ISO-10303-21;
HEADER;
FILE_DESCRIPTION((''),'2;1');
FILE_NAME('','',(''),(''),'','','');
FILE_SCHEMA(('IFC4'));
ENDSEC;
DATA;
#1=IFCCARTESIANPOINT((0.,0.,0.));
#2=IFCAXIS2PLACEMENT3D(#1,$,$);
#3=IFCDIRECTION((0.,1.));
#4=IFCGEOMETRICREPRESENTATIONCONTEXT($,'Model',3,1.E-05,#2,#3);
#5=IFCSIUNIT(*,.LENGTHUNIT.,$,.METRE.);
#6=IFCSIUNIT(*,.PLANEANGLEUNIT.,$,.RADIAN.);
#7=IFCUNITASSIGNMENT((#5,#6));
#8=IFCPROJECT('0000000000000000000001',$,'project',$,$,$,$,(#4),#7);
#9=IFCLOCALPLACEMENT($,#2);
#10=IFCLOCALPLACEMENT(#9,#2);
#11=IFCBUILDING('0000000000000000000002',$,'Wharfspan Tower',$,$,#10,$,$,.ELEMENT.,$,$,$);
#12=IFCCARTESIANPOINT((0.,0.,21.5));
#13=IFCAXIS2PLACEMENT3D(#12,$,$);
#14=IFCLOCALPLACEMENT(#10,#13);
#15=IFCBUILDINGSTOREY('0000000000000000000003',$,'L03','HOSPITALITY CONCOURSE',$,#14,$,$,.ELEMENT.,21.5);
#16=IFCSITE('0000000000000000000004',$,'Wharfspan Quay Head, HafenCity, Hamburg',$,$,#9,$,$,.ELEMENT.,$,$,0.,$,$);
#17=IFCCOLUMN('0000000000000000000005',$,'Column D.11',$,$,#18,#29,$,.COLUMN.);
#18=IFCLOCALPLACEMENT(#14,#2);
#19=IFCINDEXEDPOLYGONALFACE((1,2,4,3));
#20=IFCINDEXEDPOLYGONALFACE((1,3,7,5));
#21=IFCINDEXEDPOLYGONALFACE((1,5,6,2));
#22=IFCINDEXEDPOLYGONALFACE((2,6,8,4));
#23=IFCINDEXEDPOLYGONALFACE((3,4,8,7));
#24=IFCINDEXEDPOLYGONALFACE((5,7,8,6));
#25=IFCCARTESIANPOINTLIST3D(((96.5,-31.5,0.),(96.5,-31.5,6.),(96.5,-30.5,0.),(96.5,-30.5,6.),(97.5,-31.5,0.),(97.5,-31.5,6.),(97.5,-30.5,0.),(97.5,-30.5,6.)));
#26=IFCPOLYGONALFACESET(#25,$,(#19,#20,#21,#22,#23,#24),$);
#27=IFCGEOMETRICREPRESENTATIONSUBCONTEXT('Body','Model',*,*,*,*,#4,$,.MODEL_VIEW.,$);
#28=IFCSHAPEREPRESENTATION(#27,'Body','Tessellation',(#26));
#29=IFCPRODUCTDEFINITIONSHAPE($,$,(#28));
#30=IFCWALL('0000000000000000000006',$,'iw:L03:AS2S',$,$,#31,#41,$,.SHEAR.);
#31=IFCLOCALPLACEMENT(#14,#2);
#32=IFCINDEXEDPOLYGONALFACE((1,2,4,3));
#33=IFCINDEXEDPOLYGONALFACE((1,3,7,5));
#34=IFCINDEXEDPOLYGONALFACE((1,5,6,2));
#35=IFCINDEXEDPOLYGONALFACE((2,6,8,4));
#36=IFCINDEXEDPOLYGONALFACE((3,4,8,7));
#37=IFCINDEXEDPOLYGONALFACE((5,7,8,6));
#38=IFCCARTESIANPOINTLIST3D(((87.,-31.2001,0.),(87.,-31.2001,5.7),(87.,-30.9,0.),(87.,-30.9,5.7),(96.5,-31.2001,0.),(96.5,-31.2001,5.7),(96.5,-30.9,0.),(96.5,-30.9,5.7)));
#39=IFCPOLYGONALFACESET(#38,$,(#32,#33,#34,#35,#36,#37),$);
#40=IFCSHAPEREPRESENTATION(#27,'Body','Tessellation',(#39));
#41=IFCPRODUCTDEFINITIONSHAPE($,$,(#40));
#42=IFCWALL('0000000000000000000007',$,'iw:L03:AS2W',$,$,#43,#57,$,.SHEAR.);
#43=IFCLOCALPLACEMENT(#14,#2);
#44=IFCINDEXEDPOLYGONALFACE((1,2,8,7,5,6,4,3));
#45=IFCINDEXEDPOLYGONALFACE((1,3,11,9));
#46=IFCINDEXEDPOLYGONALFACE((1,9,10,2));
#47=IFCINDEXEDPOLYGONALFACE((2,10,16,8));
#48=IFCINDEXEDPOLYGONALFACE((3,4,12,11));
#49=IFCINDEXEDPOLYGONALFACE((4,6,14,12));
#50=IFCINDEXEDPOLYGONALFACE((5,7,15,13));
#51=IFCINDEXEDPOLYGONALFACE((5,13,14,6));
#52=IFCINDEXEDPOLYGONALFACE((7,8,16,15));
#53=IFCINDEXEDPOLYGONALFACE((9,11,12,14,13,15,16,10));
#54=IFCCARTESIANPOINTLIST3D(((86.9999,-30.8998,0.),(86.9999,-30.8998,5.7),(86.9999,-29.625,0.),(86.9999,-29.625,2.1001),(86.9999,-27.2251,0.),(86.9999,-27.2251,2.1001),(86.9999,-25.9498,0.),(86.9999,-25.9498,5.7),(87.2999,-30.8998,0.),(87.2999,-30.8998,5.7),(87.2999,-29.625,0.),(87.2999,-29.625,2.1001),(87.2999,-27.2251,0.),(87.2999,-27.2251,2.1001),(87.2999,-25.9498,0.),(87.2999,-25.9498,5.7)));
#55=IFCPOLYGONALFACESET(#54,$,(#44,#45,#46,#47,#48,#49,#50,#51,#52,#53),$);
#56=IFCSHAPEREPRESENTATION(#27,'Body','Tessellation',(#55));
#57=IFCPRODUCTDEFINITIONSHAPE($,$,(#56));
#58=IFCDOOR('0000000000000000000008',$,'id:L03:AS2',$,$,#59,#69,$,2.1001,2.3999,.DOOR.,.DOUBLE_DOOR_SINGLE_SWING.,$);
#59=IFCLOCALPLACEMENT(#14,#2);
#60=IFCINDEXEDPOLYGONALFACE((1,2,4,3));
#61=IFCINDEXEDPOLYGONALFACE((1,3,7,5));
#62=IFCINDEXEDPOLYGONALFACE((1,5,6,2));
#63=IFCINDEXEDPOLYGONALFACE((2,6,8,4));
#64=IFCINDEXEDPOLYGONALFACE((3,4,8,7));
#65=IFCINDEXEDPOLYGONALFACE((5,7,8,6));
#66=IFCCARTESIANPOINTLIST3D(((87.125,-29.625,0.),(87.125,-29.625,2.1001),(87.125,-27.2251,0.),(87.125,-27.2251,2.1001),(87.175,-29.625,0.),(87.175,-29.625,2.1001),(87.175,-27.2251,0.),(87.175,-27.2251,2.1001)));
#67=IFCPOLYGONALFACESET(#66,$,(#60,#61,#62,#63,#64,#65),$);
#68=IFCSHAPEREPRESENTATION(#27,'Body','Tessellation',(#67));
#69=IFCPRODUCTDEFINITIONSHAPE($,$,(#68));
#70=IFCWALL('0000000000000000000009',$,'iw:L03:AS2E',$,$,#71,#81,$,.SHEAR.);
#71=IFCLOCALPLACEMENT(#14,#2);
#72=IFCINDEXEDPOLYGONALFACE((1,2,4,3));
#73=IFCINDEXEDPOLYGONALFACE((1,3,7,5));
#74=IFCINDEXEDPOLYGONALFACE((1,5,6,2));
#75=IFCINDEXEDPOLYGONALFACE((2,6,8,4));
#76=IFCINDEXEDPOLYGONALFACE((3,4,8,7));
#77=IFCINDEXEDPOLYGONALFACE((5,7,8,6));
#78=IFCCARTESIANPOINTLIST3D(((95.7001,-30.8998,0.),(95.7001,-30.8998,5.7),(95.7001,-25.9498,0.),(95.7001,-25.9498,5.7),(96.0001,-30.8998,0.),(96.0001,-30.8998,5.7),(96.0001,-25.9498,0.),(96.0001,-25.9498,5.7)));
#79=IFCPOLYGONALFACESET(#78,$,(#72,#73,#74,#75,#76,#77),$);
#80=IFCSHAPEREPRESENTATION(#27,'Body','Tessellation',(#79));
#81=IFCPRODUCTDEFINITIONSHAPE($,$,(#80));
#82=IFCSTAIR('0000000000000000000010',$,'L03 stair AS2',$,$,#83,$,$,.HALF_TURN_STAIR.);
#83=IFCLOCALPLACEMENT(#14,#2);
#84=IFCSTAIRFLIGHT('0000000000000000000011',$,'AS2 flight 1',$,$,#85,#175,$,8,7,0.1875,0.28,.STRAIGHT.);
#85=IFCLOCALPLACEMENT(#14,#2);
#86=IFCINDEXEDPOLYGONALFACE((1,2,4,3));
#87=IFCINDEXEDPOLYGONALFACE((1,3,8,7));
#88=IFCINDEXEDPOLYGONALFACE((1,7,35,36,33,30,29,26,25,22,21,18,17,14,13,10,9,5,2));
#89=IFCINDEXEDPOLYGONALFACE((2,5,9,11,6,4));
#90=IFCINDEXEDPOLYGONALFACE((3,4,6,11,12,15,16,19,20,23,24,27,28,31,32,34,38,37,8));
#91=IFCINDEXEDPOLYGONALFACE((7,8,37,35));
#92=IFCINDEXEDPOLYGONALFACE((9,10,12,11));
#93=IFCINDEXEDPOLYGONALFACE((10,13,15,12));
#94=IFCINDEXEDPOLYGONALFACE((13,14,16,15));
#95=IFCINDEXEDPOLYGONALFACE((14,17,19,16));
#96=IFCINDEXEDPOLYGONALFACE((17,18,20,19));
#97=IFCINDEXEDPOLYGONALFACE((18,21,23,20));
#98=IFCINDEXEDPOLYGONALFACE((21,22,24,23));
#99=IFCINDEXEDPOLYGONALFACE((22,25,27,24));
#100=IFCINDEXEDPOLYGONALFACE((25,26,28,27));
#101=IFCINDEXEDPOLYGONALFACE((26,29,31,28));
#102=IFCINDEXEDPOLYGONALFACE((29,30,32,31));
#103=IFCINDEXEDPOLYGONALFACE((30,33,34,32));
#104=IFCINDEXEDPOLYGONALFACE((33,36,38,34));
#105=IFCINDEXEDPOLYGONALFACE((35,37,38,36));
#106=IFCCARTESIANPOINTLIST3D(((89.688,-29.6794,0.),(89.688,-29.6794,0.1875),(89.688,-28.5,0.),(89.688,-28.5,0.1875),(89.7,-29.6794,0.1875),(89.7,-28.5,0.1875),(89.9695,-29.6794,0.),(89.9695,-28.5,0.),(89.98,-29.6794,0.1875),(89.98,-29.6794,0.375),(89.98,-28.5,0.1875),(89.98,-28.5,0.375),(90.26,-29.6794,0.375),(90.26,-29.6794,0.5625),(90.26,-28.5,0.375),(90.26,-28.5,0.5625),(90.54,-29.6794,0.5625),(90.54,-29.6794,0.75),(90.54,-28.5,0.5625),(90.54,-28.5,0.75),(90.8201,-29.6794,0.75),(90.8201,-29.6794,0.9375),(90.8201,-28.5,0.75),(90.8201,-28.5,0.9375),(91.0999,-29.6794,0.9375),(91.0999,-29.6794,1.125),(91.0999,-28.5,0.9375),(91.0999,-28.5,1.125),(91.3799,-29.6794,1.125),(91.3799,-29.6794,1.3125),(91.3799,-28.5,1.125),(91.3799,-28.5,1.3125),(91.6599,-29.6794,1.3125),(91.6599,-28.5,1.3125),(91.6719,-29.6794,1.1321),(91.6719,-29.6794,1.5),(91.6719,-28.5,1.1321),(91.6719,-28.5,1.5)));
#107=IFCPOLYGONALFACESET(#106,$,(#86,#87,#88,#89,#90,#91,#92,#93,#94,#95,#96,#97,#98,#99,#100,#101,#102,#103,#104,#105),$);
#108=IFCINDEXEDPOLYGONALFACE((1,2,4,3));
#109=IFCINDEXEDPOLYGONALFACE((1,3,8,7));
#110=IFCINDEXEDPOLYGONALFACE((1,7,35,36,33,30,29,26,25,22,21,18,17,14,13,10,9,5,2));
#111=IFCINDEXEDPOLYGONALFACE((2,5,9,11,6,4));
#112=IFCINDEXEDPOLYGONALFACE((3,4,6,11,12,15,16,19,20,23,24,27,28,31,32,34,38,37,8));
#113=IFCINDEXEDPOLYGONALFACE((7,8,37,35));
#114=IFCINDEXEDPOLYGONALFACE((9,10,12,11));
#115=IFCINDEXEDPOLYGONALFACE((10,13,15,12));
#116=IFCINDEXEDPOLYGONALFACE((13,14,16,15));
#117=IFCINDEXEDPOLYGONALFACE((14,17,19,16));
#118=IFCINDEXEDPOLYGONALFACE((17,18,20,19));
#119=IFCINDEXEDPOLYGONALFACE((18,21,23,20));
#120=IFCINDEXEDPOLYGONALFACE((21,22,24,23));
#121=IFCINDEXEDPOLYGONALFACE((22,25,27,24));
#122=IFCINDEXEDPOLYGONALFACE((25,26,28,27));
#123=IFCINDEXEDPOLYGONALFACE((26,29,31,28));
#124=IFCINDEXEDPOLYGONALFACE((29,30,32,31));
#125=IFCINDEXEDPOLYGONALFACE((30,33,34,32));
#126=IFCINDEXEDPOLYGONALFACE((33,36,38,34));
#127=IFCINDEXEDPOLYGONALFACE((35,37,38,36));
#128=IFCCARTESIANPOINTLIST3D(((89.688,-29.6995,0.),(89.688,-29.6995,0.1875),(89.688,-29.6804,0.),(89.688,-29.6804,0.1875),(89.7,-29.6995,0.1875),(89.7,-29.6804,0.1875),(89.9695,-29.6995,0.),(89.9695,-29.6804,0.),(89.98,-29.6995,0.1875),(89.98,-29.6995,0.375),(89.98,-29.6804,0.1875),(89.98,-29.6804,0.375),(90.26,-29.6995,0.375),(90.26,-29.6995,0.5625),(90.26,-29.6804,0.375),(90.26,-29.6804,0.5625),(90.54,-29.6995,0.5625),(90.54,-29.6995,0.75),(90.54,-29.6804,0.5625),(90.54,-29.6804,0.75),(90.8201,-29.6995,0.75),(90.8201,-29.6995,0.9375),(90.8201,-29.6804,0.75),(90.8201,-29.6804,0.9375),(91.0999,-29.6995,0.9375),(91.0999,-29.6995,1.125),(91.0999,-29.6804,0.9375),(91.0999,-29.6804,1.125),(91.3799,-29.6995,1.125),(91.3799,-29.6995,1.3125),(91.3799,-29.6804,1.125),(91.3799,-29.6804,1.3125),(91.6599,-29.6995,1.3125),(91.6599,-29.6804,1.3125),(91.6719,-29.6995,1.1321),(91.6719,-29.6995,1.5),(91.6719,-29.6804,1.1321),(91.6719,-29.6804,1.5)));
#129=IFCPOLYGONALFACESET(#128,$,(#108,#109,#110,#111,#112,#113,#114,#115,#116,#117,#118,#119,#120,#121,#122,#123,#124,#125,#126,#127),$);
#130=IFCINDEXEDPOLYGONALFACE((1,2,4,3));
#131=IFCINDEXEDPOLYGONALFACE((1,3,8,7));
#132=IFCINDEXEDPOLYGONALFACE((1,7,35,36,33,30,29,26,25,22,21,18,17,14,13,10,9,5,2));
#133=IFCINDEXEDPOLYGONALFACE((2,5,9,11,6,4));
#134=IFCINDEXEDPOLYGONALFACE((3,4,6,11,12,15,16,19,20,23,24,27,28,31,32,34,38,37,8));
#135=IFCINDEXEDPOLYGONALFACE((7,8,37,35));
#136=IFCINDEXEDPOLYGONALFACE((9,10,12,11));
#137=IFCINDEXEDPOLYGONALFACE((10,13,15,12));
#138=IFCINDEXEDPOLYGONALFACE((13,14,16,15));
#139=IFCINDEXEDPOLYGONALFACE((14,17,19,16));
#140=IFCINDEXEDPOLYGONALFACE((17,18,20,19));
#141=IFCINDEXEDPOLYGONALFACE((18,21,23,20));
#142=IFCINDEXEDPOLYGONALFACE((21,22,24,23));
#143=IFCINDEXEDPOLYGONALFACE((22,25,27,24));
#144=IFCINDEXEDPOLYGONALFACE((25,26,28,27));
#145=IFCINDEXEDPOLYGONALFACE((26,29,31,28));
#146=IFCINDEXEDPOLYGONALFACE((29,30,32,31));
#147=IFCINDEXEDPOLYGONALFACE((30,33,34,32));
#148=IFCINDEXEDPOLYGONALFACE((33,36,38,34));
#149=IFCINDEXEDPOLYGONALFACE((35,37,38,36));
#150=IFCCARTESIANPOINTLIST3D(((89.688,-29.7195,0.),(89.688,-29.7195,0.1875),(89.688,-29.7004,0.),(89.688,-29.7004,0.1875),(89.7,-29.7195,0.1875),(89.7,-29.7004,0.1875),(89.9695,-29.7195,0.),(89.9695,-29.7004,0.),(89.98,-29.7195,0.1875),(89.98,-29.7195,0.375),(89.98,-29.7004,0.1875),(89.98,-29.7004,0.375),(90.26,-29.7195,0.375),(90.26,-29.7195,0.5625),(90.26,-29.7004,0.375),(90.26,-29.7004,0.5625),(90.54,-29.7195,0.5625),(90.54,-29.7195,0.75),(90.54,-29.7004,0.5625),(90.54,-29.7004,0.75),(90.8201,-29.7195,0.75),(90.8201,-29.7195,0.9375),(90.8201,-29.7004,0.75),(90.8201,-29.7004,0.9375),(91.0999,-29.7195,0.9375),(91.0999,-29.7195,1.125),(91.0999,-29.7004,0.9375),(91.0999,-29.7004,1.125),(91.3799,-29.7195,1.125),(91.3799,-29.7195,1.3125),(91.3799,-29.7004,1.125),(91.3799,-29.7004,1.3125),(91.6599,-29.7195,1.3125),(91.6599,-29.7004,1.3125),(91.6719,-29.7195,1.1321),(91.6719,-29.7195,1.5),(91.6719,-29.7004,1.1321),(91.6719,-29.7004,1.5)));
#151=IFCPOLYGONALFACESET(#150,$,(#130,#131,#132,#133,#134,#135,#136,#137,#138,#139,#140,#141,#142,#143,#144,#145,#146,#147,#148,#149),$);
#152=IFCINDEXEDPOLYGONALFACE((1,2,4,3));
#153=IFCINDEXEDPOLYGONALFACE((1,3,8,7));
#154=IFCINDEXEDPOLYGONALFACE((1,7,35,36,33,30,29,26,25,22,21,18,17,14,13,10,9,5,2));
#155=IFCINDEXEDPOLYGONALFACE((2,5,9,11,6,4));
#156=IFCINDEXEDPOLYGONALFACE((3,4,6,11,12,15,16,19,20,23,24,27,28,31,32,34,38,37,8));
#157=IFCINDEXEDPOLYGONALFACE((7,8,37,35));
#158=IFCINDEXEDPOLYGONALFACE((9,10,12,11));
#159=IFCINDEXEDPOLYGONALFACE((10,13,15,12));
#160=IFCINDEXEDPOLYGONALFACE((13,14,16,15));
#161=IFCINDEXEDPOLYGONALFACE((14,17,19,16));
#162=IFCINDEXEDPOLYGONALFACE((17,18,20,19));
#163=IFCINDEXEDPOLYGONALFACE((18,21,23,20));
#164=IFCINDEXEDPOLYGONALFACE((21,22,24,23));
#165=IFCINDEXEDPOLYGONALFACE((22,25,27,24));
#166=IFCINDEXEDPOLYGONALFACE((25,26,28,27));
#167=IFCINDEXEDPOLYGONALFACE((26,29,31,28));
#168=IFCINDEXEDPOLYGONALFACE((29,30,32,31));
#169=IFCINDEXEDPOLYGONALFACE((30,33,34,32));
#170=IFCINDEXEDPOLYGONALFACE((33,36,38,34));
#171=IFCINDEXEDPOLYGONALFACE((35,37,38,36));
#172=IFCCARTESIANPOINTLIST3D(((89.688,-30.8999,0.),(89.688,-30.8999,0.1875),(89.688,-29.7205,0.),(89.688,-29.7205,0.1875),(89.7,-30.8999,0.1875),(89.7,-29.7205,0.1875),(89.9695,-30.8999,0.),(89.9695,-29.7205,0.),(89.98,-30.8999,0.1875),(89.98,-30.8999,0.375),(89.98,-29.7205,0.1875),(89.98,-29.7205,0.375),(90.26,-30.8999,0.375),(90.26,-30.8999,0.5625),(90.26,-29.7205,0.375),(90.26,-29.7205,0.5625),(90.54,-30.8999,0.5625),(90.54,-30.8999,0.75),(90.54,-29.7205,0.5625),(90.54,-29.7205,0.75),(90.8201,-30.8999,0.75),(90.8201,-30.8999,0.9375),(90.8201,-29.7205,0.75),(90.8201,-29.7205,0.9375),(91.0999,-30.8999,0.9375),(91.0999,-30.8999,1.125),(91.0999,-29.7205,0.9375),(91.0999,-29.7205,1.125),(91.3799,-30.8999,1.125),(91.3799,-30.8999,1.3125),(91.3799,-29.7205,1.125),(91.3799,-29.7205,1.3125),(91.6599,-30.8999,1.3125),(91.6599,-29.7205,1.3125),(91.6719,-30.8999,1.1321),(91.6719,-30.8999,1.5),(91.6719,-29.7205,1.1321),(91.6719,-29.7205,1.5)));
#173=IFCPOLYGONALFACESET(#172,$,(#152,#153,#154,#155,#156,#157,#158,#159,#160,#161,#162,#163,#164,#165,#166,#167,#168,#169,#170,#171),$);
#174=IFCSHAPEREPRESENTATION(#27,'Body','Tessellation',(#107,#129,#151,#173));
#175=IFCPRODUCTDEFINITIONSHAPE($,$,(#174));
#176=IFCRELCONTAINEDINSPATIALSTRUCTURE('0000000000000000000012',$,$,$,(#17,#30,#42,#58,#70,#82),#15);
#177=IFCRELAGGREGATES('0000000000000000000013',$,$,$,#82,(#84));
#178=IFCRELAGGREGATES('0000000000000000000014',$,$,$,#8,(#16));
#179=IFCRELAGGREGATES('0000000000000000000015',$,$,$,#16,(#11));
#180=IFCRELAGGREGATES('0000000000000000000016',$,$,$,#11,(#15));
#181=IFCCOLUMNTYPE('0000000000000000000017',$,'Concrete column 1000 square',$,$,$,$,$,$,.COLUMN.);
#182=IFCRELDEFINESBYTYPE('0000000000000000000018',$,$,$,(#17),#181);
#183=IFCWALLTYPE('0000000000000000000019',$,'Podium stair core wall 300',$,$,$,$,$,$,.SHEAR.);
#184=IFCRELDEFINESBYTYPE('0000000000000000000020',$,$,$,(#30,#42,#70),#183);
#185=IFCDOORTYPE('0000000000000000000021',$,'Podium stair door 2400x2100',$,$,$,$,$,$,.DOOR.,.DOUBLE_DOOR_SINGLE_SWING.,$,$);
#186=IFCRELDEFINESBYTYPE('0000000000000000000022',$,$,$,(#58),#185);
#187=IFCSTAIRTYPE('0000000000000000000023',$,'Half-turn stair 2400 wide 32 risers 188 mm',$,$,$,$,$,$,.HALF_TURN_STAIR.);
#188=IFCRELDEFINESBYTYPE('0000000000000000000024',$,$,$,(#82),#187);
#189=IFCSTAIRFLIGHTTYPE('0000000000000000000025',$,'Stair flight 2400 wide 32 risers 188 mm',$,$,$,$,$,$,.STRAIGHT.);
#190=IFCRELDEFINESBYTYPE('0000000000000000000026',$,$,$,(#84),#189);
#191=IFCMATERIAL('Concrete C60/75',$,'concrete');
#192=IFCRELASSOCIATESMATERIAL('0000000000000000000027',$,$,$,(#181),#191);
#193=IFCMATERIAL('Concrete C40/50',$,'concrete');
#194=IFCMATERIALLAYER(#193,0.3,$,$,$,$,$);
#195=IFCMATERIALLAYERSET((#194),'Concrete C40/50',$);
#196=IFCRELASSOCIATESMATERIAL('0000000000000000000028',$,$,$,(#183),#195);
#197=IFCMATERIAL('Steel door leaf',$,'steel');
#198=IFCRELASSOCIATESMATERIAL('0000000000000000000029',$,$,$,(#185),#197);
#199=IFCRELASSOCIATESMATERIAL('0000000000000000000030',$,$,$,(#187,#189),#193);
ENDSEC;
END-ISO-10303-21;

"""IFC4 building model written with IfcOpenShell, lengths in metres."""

from ifc_helpers import new_model, si_unit, direction, frame, frame_2d, origin, origin_2d, place, context, subcontext, project, spatial, polyline, rectangle, outline, extrude, material, layer, layer_set, material_profile, profile_set, type_object, element, fill, aggregate, save


model = new_model("IFC4")

# Units and contexts
model_context = context("Model", 3, precision=1e-05, world=origin(), true_north=direction((0.0, 1.0)))
body_context = subcontext(model_context, "Body", "Model", "MODEL_VIEW")
ifc_project = project(units=[si_unit("LENGTHUNIT", "METRE"), si_unit("PLANEANGLEUNIT", "RADIAN")], contexts=[model_context])

# Site, building, storey
site_placement = place(None, origin())
site = spatial("IfcSite", under=ifc_project, at=site_placement, Name="Wharfspan Quay Head, HafenCity, Hamburg", CompositionType="ELEMENT", RefElevation=0.0)
building_placement = place(site_placement, origin())
building = spatial("IfcBuilding", under=site, at=building_placement, Name="Wharfspan Tower", CompositionType="ELEMENT")
storey_placement = place(building_placement, frame((0.0, 0.0, 21.5)))
storey = spatial("IfcBuildingStorey", under=building, at=storey_placement, Name="L03", Description="HOSPITALITY CONCOURSE", CompositionType="ELEMENT", Elevation=21.5)

# Column
ifc_material_1 = material(Name="Concrete C60/75", Category="concrete")
ifc_material_profile = material_profile(ifc_material_1, rectangle(XDim=1.0, YDim=1.0, at=origin_2d()))
ifc_profile_set = profile_set([ifc_material_profile], Name="Concrete C60/75")
column_type = type_object("IfcColumnType", Name="Concrete column 1000 square", PredefinedType="COLUMN", material=ifc_profile_set)
column_placement = place(storey_placement, frame((97.0, -31.0, 0.0), z_axis=(0.0, 0.0, 1.0), x_axis=(1.0, 0.0, 0.0)))
element("IfcColumn", 1, at=column_placement, inside=storey, type_object=column_type, Name="Column D.11", PredefinedType="COLUMN", context=body_context, shape_type="SweptSolid", body=[
    extrude(rectangle(XDim=1.0, YDim=1.0, at=origin_2d()), origin(), (0.0, 0.0, 1.0), 6.0),
])

# Wall
ifc_material_2 = material(Name="Concrete C40/50", Category="concrete")
ifc_layer = layer(ifc_material_2, 0.3)
ifc_layer_set = layer_set([ifc_layer], Name="Concrete C40/50")
wall_type = type_object("IfcWallType", Name="Podium stair core wall 300", PredefinedType="SHEAR", material=ifc_layer_set)
wall_1_placement = place(storey_placement, frame((87.0, -31.05, 0.0), z_axis=(0.0, 0.0, 1.0), x_axis=(1.0, 0.0, 0.0)))
element("IfcWall", 2, at=wall_1_placement, inside=storey, type_object=wall_type, Name="iw:L03:AS2S", PredefinedType="SHEAR", context=body_context, shape_type="SweptSolid", body=[
    extrude(rectangle(XDim=9.5, YDim=0.3, at=frame_2d((4.75, 0.0))), origin(), (0.0, 0.0, 1.0), 5.7),
])

# Wall, opening, door
wall_2_placement = place(storey_placement, frame((87.1499, -30.8999, 0.0), z_axis=(0.0, 0.0, 1.0), x_axis=(0.0, 1.0, 0.0)))
wall_2 = element("IfcWall", 3, at=wall_2_placement, inside=storey, type_object=wall_type, Name="iw:L03:AS2W", PredefinedType="SHEAR", context=body_context, shape_type="SweptSolid", body=[
    extrude(rectangle(XDim=4.95, YDim=0.3, at=frame_2d((2.4751, 0.0))), origin(), (0.0, 0.0, 1.0), 5.7),
])
opening_placement = place(wall_2_placement, frame((1.2749, 0.0, 0.0)))
opening = element("IfcOpeningElement", 4, at=opening_placement, cuts=wall_2, PredefinedType="OPENING", context=body_context, shape_type="SweptSolid", body=[
    extrude(rectangle(XDim=2.3999, YDim=2.1001, at=frame_2d((1.2, 1.05))), frame((0.0, 0.1599, 0.0), z_axis=(0.0, -1.0, 0.0), x_axis=(1.0, 0.0, 0.0)), (0.0, 0.0, 1.0), 0.3201),
])
ifc_material_3 = material(Name="Steel door leaf", Category="steel")
door_type = type_object("IfcDoorType", Name="Podium stair door 2400x2100", OperationType="DOUBLE_DOOR_SINGLE_SWING", PredefinedType="DOOR", material=ifc_material_3)
door_placement = place(opening_placement, origin())
door = element("IfcDoor", 5, at=door_placement, inside=storey, type_object=door_type, Name="id:L03:AS2", OperationType="DOUBLE_DOOR_SINGLE_SWING", OverallHeight=2.1001, OverallWidth=2.3999, PredefinedType="DOOR", context=body_context, shape_type="SweptSolid", body=[
    extrude(rectangle(XDim=2.3999, YDim=2.1001, at=frame_2d((1.2, 1.05))), frame((0.0, 0.0249, 0.0), z_axis=(0.0, -1.0, 0.0), x_axis=(1.0, 0.0, 0.0)), (0.0, 0.0, 1.0), 0.05),
])
fill(opening, door)

# Wall
wall_3_placement = place(storey_placement, frame((95.8501, -30.8999, 0.0), z_axis=(0.0, 0.0, 1.0), x_axis=(0.0, 1.0, 0.0)))
element("IfcWall", 6, at=wall_3_placement, inside=storey, type_object=wall_type, Name="iw:L03:AS2E", PredefinedType="SHEAR", context=body_context, shape_type="SweptSolid", body=[
    extrude(rectangle(XDim=4.95, YDim=0.3, at=frame_2d((2.4751, 0.0))), origin(), (0.0, 0.0, 1.0), 5.7),
])

# Stair, stair flight
stair_type = type_object("IfcStairType", Name="Half-turn stair 2400 wide 32 risers 188 mm", PredefinedType="HALF_TURN_STAIR", material=ifc_material_2)
stair_placement = place(storey_placement, origin())
stair = element("IfcStair", 7, at=stair_placement, inside=storey, type_object=stair_type, Name="L03 stair AS2", PredefinedType="HALF_TURN_STAIR")
stair_flight_type = type_object("IfcStairFlightType", Name="Stair flight 2400 wide 32 risers 188 mm", PredefinedType="STRAIGHT", material=ifc_material_2)
stair_flight_1_placement = place(storey_placement, frame((89.7, -29.7, 0.0), z_axis=(0.0, 0.0, 1.0), x_axis=(1.0, 0.0, 0.0)))
stair_flight_1 = element("IfcStairFlight", 8, at=stair_flight_1_placement, type_object=stair_flight_type, Name="AS2 flight 1", NumberOfRisers=8, NumberOfTreads=7, PredefinedType="STRAIGHT", RiserHeight=0.1875, TreadLength=0.28, context=body_context, shape_type="SweptSolid", body=[
    extrude(outline(polyline([(-0.012, 0.0), (-0.012, 0.1875), (0.0, 0.1875), (0.28, 0.1875), (0.28, 0.375), (0.5601, 0.375), (0.5601, 0.5625), (0.8401, 0.5625), (0.8401, 0.75), (1.1201, 0.75), (1.1201, 0.9375), (1.3999, 0.9375), (1.3999, 1.125), (1.6799, 1.125), (1.6799, 1.3125), (1.96, 1.3125), (1.9719, 1.5), (1.9719, 1.1321), (0.2695, 0.0), (-0.012, 0.0)])), frame((0.0, 1.2, 0.0), z_axis=(0.0, -1.0, 0.0), x_axis=(1.0, 0.0, 0.0)), (0.0, 0.0, 1.0), 1.1794),
    extrude(outline(polyline([(-0.012, 0.0), (-0.012, 0.1875), (0.0, 0.1875), (0.28, 0.1875), (0.28, 0.375), (0.5601, 0.375), (0.5601, 0.5625), (0.8401, 0.5625), (0.8401, 0.75), (1.1201, 0.75), (1.1201, 0.9375), (1.3999, 0.9375), (1.3999, 1.125), (1.6799, 1.125), (1.6799, 1.3125), (1.96, 1.3125), (1.9719, 1.5), (1.9719, 1.1321), (0.2695, 0.0), (-0.012, 0.0)])), frame((0.0, 0.0195, 0.0), z_axis=(0.0, -1.0, 0.0), x_axis=(1.0, 0.0, 0.0)), (0.0, 0.0, 1.0), 0.019),
    extrude(outline(polyline([(-0.012, 0.0), (-0.012, 0.1875), (0.0, 0.1875), (0.28, 0.1875), (0.28, 0.375), (0.5601, 0.375), (0.5601, 0.5625), (0.8401, 0.5625), (0.8401, 0.75), (1.1201, 0.75), (1.1201, 0.9375), (1.3999, 0.9375), (1.3999, 1.125), (1.6799, 1.125), (1.6799, 1.3125), (1.96, 1.3125), (1.9719, 1.5), (1.9719, 1.1321), (0.2695, 0.0), (-0.012, 0.0)])), frame((0.0, -0.0005, 0.0), z_axis=(0.0, -1.0, 0.0), x_axis=(1.0, 0.0, 0.0)), (0.0, 0.0, 1.0), 0.019),
    extrude(outline(polyline([(-0.012, 0.0), (-0.012, 0.1875), (0.0, 0.1875), (0.28, 0.1875), (0.28, 0.375), (0.5601, 0.375), (0.5601, 0.5625), (0.8401, 0.5625), (0.8401, 0.75), (1.1201, 0.75), (1.1201, 0.9375), (1.3999, 0.9375), (1.3999, 1.125), (1.6799, 1.125), (1.6799, 1.3125), (1.96, 1.3125), (1.9719, 1.5), (1.9719, 1.1321), (0.2695, 0.0), (-0.012, 0.0)])), frame((0.0, -0.0205, 0.0), z_axis=(0.0, -1.0, 0.0), x_axis=(1.0, 0.0, 0.0)), (0.0, 0.0, 1.0), 1.1794),
])
aggregate(stair, [stair_flight_1])

save(model, "model.ifc")
